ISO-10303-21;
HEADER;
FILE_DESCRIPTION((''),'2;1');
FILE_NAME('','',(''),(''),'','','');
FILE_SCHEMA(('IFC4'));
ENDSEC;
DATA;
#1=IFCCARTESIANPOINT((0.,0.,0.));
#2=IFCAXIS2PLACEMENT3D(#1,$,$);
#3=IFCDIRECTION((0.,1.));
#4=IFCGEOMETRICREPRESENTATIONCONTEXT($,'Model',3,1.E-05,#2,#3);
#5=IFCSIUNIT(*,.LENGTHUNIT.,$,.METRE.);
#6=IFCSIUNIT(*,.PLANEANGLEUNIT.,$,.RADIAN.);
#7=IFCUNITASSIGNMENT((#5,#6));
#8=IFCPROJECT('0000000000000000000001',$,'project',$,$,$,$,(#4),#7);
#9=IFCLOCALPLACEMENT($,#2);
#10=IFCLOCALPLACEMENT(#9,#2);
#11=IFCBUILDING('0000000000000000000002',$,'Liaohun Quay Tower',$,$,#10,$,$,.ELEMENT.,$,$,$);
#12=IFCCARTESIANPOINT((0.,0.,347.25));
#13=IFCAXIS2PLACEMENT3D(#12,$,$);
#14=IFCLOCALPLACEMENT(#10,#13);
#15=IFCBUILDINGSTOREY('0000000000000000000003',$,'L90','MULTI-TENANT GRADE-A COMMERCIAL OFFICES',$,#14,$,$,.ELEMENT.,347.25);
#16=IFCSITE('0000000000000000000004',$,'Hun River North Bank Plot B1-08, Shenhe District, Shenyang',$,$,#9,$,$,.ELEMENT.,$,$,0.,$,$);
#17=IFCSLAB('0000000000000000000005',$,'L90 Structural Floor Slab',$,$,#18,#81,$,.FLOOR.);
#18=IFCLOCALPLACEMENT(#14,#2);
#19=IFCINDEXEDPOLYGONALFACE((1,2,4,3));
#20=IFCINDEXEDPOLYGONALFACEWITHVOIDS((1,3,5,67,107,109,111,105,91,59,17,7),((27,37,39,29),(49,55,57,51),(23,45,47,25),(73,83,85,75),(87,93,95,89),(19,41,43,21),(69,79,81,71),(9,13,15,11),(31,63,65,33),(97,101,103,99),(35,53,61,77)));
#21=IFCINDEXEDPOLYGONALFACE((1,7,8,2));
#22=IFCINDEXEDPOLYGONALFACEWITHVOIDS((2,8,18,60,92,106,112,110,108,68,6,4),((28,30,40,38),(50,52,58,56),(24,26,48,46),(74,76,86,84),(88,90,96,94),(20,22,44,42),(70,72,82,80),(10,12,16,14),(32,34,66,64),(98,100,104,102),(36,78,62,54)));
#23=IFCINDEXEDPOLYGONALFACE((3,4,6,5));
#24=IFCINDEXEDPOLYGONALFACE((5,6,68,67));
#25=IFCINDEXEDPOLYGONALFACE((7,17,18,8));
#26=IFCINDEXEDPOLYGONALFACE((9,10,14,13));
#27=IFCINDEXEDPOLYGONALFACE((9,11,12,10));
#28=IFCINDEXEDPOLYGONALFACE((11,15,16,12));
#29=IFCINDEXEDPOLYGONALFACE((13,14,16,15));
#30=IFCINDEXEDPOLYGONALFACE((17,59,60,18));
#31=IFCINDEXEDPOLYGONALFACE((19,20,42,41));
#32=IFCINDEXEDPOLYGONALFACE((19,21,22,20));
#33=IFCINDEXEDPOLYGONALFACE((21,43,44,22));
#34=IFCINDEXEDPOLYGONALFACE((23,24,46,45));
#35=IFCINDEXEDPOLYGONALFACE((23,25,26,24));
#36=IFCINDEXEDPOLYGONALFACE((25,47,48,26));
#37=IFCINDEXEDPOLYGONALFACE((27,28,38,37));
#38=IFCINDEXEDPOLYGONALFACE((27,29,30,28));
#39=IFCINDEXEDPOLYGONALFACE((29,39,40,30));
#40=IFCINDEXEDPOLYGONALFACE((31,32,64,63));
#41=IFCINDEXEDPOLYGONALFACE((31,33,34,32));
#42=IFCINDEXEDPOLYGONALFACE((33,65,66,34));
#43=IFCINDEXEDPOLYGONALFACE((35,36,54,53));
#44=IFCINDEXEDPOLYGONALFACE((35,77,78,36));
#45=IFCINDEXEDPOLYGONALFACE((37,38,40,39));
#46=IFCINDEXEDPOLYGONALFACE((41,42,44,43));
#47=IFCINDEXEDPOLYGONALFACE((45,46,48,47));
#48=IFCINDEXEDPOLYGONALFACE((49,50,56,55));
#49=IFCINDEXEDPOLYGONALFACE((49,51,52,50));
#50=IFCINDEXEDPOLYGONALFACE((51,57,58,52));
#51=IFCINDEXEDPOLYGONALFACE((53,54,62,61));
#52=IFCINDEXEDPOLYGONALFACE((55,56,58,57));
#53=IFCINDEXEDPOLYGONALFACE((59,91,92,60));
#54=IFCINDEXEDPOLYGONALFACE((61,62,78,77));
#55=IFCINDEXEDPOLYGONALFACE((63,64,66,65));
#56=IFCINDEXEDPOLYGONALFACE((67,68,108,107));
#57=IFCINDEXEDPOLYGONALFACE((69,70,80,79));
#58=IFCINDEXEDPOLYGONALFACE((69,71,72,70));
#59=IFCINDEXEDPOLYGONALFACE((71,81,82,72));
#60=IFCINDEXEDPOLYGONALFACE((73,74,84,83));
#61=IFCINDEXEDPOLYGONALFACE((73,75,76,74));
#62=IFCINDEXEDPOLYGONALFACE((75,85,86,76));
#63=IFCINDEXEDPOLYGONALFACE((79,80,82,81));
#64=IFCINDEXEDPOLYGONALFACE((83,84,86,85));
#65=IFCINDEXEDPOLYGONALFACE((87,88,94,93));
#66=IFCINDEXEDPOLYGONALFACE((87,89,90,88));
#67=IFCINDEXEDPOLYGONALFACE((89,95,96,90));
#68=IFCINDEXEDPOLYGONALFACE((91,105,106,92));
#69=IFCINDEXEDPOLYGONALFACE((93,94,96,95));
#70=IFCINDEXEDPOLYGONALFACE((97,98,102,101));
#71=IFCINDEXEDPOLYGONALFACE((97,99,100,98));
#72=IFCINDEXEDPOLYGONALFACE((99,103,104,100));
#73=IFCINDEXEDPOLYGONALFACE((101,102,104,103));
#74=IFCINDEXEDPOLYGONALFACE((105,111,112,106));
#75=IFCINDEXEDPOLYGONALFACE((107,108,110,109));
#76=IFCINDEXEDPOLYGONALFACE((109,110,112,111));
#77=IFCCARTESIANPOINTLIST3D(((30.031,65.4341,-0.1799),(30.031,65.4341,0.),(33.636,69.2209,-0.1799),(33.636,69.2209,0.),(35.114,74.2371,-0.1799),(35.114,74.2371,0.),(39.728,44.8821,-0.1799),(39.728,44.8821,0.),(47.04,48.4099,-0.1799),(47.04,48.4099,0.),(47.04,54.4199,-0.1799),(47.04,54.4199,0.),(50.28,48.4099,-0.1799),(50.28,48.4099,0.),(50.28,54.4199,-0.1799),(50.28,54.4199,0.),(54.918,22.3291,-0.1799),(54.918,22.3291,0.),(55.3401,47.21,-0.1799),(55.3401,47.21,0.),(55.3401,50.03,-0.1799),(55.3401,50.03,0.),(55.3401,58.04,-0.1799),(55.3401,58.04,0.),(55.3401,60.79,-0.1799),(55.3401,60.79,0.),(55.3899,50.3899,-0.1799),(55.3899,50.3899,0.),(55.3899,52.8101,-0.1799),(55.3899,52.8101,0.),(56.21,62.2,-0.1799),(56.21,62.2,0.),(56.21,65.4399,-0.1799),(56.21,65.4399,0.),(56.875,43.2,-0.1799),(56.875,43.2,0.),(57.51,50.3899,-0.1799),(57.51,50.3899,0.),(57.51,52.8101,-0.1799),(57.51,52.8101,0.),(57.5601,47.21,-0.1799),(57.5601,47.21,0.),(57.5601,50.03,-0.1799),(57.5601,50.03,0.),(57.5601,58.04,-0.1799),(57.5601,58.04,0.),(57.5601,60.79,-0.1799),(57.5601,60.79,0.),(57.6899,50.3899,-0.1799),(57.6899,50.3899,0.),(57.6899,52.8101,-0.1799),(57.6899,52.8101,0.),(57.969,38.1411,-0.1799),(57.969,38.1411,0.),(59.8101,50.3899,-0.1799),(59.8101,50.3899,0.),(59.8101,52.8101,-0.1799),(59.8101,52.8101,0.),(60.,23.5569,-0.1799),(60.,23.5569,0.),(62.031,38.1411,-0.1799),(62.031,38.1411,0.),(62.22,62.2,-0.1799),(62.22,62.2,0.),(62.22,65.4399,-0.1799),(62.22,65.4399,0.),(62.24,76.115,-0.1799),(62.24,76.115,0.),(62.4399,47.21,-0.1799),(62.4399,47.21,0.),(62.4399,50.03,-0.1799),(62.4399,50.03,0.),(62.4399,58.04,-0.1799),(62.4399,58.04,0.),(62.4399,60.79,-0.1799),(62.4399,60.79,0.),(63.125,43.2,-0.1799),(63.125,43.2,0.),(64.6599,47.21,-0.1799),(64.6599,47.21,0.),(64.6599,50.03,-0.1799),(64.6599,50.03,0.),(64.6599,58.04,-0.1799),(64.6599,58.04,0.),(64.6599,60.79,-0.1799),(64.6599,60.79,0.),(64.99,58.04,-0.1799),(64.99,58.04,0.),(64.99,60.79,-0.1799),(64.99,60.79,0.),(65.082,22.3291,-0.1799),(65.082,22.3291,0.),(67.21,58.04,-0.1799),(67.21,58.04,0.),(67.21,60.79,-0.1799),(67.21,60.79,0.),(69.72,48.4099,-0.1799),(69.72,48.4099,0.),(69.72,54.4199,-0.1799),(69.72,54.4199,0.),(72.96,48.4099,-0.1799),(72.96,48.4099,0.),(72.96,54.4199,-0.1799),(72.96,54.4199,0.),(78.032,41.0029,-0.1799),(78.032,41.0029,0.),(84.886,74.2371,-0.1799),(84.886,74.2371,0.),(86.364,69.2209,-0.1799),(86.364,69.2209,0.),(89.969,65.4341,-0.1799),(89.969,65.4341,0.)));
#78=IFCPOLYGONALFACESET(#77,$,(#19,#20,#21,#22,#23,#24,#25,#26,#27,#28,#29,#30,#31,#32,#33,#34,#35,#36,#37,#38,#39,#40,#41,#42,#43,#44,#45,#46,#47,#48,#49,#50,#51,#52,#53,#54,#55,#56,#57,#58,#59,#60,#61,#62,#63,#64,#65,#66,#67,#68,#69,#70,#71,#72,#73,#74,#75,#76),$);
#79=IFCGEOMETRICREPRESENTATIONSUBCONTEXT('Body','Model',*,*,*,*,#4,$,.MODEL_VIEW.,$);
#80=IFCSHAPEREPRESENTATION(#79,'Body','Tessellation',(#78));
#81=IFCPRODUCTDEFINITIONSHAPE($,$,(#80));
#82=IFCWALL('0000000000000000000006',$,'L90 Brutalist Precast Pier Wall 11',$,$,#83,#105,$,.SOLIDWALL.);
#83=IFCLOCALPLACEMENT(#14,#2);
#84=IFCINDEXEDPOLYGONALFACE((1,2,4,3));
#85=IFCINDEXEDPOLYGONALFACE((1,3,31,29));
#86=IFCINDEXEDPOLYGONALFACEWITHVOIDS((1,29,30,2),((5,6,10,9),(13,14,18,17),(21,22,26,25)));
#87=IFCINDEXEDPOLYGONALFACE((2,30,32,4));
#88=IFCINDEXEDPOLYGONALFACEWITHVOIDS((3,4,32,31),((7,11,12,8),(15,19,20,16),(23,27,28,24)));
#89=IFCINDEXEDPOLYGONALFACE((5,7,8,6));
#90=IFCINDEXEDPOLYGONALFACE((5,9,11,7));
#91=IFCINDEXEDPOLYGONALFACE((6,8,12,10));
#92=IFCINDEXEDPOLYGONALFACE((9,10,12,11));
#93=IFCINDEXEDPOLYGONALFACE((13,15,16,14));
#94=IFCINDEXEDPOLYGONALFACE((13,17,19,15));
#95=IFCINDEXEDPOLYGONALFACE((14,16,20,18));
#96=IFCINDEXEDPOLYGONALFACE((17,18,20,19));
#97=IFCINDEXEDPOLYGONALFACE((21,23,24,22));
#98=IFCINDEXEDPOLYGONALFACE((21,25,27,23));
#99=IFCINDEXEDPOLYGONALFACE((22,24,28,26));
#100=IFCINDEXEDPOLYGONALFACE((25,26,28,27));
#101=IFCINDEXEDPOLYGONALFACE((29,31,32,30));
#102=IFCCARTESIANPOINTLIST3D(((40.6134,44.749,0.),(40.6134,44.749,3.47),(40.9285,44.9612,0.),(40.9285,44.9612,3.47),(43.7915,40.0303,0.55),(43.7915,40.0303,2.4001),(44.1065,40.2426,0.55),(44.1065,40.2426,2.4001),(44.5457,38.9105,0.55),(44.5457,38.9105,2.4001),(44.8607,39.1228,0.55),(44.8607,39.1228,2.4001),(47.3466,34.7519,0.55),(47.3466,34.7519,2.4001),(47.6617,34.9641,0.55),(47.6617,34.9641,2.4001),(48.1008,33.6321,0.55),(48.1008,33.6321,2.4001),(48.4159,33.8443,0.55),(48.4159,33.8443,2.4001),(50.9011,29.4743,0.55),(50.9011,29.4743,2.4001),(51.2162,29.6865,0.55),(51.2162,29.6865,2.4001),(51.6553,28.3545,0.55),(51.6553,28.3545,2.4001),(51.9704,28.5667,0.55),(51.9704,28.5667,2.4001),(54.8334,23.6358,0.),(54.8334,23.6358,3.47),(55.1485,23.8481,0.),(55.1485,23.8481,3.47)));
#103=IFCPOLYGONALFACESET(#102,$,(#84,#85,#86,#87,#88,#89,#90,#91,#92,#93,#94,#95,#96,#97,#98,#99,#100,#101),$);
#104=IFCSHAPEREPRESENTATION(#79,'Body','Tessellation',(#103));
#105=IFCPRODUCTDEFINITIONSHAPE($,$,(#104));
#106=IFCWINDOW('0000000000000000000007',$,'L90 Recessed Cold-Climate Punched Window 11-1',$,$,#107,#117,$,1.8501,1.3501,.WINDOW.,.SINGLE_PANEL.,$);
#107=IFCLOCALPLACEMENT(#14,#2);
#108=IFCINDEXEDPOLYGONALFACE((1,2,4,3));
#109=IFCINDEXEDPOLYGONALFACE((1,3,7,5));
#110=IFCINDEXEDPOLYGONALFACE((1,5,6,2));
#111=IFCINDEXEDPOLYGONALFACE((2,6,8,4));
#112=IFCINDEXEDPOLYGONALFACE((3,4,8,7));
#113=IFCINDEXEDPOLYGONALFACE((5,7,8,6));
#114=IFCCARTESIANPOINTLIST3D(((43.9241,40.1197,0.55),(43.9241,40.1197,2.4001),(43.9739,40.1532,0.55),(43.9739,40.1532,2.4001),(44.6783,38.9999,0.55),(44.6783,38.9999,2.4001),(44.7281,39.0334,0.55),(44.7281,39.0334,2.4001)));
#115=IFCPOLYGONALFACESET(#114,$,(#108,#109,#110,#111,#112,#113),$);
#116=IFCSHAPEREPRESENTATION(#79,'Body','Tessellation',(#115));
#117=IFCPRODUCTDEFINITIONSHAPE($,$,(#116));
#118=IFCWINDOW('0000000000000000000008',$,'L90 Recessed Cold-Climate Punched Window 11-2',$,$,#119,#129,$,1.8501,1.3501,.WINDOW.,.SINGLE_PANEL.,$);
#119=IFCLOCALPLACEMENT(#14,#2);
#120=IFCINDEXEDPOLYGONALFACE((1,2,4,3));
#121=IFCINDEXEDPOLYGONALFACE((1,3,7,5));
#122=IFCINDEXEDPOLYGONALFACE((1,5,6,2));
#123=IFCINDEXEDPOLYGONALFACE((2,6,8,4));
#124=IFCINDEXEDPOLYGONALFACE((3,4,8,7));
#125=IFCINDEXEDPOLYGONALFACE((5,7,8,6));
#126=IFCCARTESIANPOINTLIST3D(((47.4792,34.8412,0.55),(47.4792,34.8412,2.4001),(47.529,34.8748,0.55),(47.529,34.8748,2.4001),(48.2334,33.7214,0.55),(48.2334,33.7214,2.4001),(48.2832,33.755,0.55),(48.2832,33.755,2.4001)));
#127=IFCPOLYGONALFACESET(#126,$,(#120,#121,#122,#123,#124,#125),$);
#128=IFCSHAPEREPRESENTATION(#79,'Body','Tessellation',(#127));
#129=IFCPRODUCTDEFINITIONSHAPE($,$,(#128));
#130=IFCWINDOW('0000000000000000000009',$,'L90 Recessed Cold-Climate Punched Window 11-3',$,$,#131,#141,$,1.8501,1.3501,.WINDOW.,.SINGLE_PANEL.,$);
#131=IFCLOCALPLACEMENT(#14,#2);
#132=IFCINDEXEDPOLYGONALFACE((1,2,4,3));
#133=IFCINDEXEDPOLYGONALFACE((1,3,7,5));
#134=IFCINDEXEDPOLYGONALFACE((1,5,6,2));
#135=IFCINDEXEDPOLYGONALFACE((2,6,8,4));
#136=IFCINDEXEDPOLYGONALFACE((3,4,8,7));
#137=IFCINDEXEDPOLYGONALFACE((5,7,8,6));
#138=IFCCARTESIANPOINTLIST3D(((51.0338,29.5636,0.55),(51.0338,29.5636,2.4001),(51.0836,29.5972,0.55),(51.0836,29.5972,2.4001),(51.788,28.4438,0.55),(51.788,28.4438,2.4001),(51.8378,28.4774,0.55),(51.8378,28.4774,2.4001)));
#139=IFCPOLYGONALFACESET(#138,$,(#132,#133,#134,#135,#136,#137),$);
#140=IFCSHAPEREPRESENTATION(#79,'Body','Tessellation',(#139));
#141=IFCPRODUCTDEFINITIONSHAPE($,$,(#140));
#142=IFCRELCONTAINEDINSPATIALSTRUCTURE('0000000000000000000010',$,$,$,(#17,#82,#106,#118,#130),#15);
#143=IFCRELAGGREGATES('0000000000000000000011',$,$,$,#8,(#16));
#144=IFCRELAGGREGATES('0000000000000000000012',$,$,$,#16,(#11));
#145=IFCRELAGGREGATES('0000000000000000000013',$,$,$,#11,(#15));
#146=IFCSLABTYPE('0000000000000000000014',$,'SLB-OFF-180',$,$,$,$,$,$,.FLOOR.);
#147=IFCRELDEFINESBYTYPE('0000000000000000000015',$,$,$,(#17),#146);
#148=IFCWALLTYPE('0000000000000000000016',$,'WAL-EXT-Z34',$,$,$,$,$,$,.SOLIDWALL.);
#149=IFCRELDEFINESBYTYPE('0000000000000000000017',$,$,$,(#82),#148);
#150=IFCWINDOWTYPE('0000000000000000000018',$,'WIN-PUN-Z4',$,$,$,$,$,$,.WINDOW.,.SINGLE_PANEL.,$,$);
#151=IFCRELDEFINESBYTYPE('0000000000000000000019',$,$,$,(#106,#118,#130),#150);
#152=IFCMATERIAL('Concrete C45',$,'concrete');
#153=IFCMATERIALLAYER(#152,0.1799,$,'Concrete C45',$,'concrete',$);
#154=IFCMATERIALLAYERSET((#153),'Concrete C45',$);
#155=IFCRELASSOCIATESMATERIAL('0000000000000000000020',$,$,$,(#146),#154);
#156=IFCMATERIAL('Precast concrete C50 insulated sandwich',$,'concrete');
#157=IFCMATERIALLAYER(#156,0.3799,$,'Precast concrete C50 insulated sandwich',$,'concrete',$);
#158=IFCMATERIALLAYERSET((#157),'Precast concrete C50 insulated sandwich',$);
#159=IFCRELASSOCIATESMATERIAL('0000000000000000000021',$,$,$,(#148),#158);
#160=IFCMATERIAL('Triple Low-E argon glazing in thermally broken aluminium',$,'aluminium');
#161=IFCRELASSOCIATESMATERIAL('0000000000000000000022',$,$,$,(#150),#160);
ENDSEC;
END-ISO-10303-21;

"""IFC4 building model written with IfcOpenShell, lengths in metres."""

from ifc_helpers import new_model, si_unit, direction, frame, frame_2d, origin, place, context, subcontext, project, spatial, polyline, rectangle, outline, extrude, source, transform, mapped, material, layer, layer_set, type_object, element, fill, save


model = new_model("IFC4")

# Units and contexts
model_context = context("Model", 3, precision=1e-05, world=origin(), true_north=direction((0.0, 1.0)))
body_context = subcontext(model_context, "Body", "Model", "MODEL_VIEW")
ifc_project = project(units=[si_unit("LENGTHUNIT", "METRE"), si_unit("PLANEANGLEUNIT", "RADIAN")], contexts=[model_context])

# Site, building, storey
site_placement = place(None, origin())
site = spatial("IfcSite", under=ifc_project, at=site_placement, Name="Hun River North Bank Plot B1-08, Shenhe District, Shenyang", CompositionType="ELEMENT", RefElevation=0.0)
building_placement = place(site_placement, origin())
building = spatial("IfcBuilding", under=site, at=building_placement, Name="Liaohun Quay Tower", CompositionType="ELEMENT")
storey_placement = place(building_placement, frame((0.0, 0.0, 347.25)))
storey = spatial("IfcBuildingStorey", under=building, at=storey_placement, Name="L90", Description="MULTI-TENANT GRADE-A COMMERCIAL OFFICES", CompositionType="ELEMENT", Elevation=347.25)

# Shared definitions
ifc_material_1 = material(Name="Concrete C45", Category="concrete")

# Slab
ifc_layer_1 = layer(ifc_material_1, 0.1799, Name="Concrete C45", Category="concrete")
ifc_layer_set_1 = layer_set([ifc_layer_1], Name="Concrete C45")
slab_type_1 = type_object("IfcSlabType", Name="SLB-OFF-180", PredefinedType="FLOOR", material=ifc_layer_set_1)
slab_1_placement = place(storey_placement, frame((0.0, 0.0, -0.1799)))
element("IfcSlab", 1, at=slab_1_placement, inside=storey, type_object=slab_type_1, Name="L90 Structural Floor Slab", PredefinedType="FLOOR", context=body_context, shape_type="SweptSolid", body=[
    extrude(outline(polyline([(54.918, 22.3291), (60.0, 23.5569), (65.082, 22.3291), (78.032, 41.0029), (89.969, 65.4341), (86.364, 69.2209), (84.886, 74.2371), (62.24, 76.115), (35.114, 74.2371), (33.636, 69.2209), (30.031, 65.4341), (39.728, 44.8821), (54.918, 22.3291)]), holes=[polyline([(57.5601, 50.03), (55.3401, 50.03), (55.3401, 47.21), (57.5601, 47.21), (57.5601, 50.03)]), polyline([(47.04, 54.4199), (47.04, 48.4099), (50.28, 48.4099), (50.28, 54.4199), (47.04, 54.4199)]), polyline([(57.51, 52.8101), (55.3899, 52.8101), (55.3899, 50.3899), (57.51, 50.3899), (57.51, 52.8101)]), polyline([(59.8101, 50.3899), (59.8101, 52.8101), (57.6899, 52.8101), (57.6899, 50.3899), (59.8101, 50.3899)]), polyline([(57.5601, 58.04), (57.5601, 60.79), (55.3401, 60.79), (55.3401, 58.04), (57.5601, 58.04)]), polyline([(62.22, 65.4399), (56.21, 65.4399), (56.21, 62.2), (62.22, 62.2), (62.22, 65.4399)]), polyline([(62.031, 38.1411), (63.125, 43.2), (56.875, 43.2), (57.969, 38.1411), (62.031, 38.1411)]), polyline([(64.6599, 47.21), (64.6599, 50.03), (62.4399, 50.03), (62.4399, 47.21), (64.6599, 47.21)]), polyline([(69.72, 54.4199), (69.72, 48.4099), (72.96, 48.4099), (72.96, 54.4199), (69.72, 54.4199)]), polyline([(64.6599, 58.04), (64.6599, 60.79), (62.4399, 60.79), (62.4399, 58.04), (64.6599, 58.04)]), polyline([(67.21, 58.04), (67.21, 60.79), (64.99, 60.79), (64.99, 58.04), (67.21, 58.04)])]), origin(), (0.0, 0.0, 1.0), 0.1799),
])

# Wall, openings, windows
ifc_material_2 = material(Name="Precast concrete C50 insulated sandwich", Category="concrete")
ifc_layer_2 = layer(ifc_material_2, 0.3799, Name="Precast concrete C50 insulated sandwich", Category="concrete")
ifc_layer_set_2 = layer_set([ifc_layer_2], Name="Precast concrete C50 insulated sandwich")
wall_type_1 = type_object("IfcWallType", Name="WAL-EXT-Z34", PredefinedType="SOLIDWALL", material=ifc_layer_set_2)
wall_1_placement = place(storey_placement, frame((40.771, 44.855, 0.0), z_axis=(0.0, 0.0, 1.0), x_axis=(0.558627, -0.829419, 0.0)))
wall_1 = element("IfcWall", 2, at=wall_1_placement, inside=storey, type_object=wall_type_1, Name="L90 Brutalist Precast Pier Wall 11", PredefinedType="SOLIDWALL", context=body_context, shape_type="SweptSolid", body=[
    extrude(rectangle(XDim=25.4553, YDim=0.3799, at=frame_2d((12.7275, 0.0))), origin(), (0.0, 0.0, 1.0), 3.47),
])
shared_shape_1 = source(origin(), body_context, "Body", "SweptSolid", [
    extrude(rectangle(XDim=1.3501, YDim=1.8501, at=frame_2d((0.675, 0.925))), frame((0.0, 0.2, 0.0), z_axis=(0.0, -1.0, 0.0), x_axis=(1.0, 0.0, 0.0)), (0.0, 0.0, 1.0), 0.3999),
])
opening_1_placement = place(wall_1_placement, frame((5.689, 0.0, 0.55)))
opening_1 = element("IfcOpeningElement", 3, at=opening_1_placement, cuts=wall_1, PredefinedType="OPENING", context=body_context, shape_type="MappedRepresentation", body=[
    mapped(shared_shape_1, transform((0.0, 0.0, 0.0), x_axis=(1.0, 0.0, 0.0), y_axis=(0.0, 1.0, 0.0), z_axis=(0.0, 0.0, 1.0), scale=1.0)),
])
opening_2_placement = place(wall_1_placement, frame((12.053, 0.0, 0.55)))
opening_2 = element("IfcOpeningElement", 4, at=opening_2_placement, cuts=wall_1, PredefinedType="OPENING", context=body_context, shape_type="MappedRepresentation", body=[
    mapped(shared_shape_1, transform((0.0, 0.0, 0.0), x_axis=(1.0, 0.0, 0.0), y_axis=(0.0, 1.0, 0.0), z_axis=(0.0, 0.0, 1.0), scale=1.0)),
])
opening_3_placement = place(wall_1_placement, frame((18.416, 0.0, 0.55)))
opening_3 = element("IfcOpeningElement", 5, at=opening_3_placement, cuts=wall_1, PredefinedType="OPENING", context=body_context, shape_type="MappedRepresentation", body=[
    mapped(shared_shape_1, transform((0.0, 0.0, 0.0), x_axis=(1.0, 0.0, 0.0), y_axis=(0.0, 1.0, 0.0), z_axis=(0.0, 0.0, 1.0), scale=1.0)),
])
ifc_material_3 = material(Name="Triple Low-E argon glazing in thermally broken aluminium", Category="aluminium")
window_type = type_object("IfcWindowType", Name="WIN-PUN-Z4", PartitioningType="SINGLE_PANEL", PredefinedType="WINDOW", material=ifc_material_3)
shared_shape_2 = source(origin(), body_context, "Body", "SweptSolid", [
    extrude(rectangle(XDim=1.3501, YDim=1.8501, at=frame_2d((0.675, 0.925))), frame((0.0, 0.03, 0.0), z_axis=(0.0, -1.0, 0.0), x_axis=(1.0, 0.0, 0.0)), (0.0, 0.0, 1.0), 0.0601),
])
window_1_placement = place(opening_1_placement, origin())
window_1 = element("IfcWindow", 6, at=window_1_placement, inside=storey, type_object=window_type, Name="L90 Recessed Cold-Climate Punched Window 11-1", OverallHeight=1.8501, OverallWidth=1.3501, PartitioningType="SINGLE_PANEL", PredefinedType="WINDOW", context=body_context, shape_type="MappedRepresentation", body=[
    mapped(shared_shape_2, transform((0.0, 0.0, 0.0), x_axis=(1.0, 0.0, 0.0), y_axis=(0.0, 1.0, 0.0), z_axis=(0.0, 0.0, 1.0), scale=1.0)),
])
fill(opening_1, window_1)
window_2_placement = place(opening_2_placement, origin())
window_2 = element("IfcWindow", 7, at=window_2_placement, inside=storey, type_object=window_type, Name="L90 Recessed Cold-Climate Punched Window 11-2", OverallHeight=1.8501, OverallWidth=1.3501, PartitioningType="SINGLE_PANEL", PredefinedType="WINDOW", context=body_context, shape_type="MappedRepresentation", body=[
    mapped(shared_shape_2, transform((0.0, 0.0, 0.0), x_axis=(1.0, 0.0, 0.0), y_axis=(0.0, 1.0, 0.0), z_axis=(0.0, 0.0, 1.0), scale=1.0)),
])
fill(opening_2, window_2)
window_3_placement = place(opening_3_placement, origin())
window_3 = element("IfcWindow", 8, at=window_3_placement, inside=storey, type_object=window_type, Name="L90 Recessed Cold-Climate Punched Window 11-3", OverallHeight=1.8501, OverallWidth=1.3501, PartitioningType="SINGLE_PANEL", PredefinedType="WINDOW", context=body_context, shape_type="MappedRepresentation", body=[
    mapped(shared_shape_2, transform((0.0, 0.0, 0.0), x_axis=(1.0, 0.0, 0.0), y_axis=(0.0, 1.0, 0.0), z_axis=(0.0, 0.0, 1.0), scale=1.0)),
])
fill(opening_3, window_3)

save(model, "model.ifc")
